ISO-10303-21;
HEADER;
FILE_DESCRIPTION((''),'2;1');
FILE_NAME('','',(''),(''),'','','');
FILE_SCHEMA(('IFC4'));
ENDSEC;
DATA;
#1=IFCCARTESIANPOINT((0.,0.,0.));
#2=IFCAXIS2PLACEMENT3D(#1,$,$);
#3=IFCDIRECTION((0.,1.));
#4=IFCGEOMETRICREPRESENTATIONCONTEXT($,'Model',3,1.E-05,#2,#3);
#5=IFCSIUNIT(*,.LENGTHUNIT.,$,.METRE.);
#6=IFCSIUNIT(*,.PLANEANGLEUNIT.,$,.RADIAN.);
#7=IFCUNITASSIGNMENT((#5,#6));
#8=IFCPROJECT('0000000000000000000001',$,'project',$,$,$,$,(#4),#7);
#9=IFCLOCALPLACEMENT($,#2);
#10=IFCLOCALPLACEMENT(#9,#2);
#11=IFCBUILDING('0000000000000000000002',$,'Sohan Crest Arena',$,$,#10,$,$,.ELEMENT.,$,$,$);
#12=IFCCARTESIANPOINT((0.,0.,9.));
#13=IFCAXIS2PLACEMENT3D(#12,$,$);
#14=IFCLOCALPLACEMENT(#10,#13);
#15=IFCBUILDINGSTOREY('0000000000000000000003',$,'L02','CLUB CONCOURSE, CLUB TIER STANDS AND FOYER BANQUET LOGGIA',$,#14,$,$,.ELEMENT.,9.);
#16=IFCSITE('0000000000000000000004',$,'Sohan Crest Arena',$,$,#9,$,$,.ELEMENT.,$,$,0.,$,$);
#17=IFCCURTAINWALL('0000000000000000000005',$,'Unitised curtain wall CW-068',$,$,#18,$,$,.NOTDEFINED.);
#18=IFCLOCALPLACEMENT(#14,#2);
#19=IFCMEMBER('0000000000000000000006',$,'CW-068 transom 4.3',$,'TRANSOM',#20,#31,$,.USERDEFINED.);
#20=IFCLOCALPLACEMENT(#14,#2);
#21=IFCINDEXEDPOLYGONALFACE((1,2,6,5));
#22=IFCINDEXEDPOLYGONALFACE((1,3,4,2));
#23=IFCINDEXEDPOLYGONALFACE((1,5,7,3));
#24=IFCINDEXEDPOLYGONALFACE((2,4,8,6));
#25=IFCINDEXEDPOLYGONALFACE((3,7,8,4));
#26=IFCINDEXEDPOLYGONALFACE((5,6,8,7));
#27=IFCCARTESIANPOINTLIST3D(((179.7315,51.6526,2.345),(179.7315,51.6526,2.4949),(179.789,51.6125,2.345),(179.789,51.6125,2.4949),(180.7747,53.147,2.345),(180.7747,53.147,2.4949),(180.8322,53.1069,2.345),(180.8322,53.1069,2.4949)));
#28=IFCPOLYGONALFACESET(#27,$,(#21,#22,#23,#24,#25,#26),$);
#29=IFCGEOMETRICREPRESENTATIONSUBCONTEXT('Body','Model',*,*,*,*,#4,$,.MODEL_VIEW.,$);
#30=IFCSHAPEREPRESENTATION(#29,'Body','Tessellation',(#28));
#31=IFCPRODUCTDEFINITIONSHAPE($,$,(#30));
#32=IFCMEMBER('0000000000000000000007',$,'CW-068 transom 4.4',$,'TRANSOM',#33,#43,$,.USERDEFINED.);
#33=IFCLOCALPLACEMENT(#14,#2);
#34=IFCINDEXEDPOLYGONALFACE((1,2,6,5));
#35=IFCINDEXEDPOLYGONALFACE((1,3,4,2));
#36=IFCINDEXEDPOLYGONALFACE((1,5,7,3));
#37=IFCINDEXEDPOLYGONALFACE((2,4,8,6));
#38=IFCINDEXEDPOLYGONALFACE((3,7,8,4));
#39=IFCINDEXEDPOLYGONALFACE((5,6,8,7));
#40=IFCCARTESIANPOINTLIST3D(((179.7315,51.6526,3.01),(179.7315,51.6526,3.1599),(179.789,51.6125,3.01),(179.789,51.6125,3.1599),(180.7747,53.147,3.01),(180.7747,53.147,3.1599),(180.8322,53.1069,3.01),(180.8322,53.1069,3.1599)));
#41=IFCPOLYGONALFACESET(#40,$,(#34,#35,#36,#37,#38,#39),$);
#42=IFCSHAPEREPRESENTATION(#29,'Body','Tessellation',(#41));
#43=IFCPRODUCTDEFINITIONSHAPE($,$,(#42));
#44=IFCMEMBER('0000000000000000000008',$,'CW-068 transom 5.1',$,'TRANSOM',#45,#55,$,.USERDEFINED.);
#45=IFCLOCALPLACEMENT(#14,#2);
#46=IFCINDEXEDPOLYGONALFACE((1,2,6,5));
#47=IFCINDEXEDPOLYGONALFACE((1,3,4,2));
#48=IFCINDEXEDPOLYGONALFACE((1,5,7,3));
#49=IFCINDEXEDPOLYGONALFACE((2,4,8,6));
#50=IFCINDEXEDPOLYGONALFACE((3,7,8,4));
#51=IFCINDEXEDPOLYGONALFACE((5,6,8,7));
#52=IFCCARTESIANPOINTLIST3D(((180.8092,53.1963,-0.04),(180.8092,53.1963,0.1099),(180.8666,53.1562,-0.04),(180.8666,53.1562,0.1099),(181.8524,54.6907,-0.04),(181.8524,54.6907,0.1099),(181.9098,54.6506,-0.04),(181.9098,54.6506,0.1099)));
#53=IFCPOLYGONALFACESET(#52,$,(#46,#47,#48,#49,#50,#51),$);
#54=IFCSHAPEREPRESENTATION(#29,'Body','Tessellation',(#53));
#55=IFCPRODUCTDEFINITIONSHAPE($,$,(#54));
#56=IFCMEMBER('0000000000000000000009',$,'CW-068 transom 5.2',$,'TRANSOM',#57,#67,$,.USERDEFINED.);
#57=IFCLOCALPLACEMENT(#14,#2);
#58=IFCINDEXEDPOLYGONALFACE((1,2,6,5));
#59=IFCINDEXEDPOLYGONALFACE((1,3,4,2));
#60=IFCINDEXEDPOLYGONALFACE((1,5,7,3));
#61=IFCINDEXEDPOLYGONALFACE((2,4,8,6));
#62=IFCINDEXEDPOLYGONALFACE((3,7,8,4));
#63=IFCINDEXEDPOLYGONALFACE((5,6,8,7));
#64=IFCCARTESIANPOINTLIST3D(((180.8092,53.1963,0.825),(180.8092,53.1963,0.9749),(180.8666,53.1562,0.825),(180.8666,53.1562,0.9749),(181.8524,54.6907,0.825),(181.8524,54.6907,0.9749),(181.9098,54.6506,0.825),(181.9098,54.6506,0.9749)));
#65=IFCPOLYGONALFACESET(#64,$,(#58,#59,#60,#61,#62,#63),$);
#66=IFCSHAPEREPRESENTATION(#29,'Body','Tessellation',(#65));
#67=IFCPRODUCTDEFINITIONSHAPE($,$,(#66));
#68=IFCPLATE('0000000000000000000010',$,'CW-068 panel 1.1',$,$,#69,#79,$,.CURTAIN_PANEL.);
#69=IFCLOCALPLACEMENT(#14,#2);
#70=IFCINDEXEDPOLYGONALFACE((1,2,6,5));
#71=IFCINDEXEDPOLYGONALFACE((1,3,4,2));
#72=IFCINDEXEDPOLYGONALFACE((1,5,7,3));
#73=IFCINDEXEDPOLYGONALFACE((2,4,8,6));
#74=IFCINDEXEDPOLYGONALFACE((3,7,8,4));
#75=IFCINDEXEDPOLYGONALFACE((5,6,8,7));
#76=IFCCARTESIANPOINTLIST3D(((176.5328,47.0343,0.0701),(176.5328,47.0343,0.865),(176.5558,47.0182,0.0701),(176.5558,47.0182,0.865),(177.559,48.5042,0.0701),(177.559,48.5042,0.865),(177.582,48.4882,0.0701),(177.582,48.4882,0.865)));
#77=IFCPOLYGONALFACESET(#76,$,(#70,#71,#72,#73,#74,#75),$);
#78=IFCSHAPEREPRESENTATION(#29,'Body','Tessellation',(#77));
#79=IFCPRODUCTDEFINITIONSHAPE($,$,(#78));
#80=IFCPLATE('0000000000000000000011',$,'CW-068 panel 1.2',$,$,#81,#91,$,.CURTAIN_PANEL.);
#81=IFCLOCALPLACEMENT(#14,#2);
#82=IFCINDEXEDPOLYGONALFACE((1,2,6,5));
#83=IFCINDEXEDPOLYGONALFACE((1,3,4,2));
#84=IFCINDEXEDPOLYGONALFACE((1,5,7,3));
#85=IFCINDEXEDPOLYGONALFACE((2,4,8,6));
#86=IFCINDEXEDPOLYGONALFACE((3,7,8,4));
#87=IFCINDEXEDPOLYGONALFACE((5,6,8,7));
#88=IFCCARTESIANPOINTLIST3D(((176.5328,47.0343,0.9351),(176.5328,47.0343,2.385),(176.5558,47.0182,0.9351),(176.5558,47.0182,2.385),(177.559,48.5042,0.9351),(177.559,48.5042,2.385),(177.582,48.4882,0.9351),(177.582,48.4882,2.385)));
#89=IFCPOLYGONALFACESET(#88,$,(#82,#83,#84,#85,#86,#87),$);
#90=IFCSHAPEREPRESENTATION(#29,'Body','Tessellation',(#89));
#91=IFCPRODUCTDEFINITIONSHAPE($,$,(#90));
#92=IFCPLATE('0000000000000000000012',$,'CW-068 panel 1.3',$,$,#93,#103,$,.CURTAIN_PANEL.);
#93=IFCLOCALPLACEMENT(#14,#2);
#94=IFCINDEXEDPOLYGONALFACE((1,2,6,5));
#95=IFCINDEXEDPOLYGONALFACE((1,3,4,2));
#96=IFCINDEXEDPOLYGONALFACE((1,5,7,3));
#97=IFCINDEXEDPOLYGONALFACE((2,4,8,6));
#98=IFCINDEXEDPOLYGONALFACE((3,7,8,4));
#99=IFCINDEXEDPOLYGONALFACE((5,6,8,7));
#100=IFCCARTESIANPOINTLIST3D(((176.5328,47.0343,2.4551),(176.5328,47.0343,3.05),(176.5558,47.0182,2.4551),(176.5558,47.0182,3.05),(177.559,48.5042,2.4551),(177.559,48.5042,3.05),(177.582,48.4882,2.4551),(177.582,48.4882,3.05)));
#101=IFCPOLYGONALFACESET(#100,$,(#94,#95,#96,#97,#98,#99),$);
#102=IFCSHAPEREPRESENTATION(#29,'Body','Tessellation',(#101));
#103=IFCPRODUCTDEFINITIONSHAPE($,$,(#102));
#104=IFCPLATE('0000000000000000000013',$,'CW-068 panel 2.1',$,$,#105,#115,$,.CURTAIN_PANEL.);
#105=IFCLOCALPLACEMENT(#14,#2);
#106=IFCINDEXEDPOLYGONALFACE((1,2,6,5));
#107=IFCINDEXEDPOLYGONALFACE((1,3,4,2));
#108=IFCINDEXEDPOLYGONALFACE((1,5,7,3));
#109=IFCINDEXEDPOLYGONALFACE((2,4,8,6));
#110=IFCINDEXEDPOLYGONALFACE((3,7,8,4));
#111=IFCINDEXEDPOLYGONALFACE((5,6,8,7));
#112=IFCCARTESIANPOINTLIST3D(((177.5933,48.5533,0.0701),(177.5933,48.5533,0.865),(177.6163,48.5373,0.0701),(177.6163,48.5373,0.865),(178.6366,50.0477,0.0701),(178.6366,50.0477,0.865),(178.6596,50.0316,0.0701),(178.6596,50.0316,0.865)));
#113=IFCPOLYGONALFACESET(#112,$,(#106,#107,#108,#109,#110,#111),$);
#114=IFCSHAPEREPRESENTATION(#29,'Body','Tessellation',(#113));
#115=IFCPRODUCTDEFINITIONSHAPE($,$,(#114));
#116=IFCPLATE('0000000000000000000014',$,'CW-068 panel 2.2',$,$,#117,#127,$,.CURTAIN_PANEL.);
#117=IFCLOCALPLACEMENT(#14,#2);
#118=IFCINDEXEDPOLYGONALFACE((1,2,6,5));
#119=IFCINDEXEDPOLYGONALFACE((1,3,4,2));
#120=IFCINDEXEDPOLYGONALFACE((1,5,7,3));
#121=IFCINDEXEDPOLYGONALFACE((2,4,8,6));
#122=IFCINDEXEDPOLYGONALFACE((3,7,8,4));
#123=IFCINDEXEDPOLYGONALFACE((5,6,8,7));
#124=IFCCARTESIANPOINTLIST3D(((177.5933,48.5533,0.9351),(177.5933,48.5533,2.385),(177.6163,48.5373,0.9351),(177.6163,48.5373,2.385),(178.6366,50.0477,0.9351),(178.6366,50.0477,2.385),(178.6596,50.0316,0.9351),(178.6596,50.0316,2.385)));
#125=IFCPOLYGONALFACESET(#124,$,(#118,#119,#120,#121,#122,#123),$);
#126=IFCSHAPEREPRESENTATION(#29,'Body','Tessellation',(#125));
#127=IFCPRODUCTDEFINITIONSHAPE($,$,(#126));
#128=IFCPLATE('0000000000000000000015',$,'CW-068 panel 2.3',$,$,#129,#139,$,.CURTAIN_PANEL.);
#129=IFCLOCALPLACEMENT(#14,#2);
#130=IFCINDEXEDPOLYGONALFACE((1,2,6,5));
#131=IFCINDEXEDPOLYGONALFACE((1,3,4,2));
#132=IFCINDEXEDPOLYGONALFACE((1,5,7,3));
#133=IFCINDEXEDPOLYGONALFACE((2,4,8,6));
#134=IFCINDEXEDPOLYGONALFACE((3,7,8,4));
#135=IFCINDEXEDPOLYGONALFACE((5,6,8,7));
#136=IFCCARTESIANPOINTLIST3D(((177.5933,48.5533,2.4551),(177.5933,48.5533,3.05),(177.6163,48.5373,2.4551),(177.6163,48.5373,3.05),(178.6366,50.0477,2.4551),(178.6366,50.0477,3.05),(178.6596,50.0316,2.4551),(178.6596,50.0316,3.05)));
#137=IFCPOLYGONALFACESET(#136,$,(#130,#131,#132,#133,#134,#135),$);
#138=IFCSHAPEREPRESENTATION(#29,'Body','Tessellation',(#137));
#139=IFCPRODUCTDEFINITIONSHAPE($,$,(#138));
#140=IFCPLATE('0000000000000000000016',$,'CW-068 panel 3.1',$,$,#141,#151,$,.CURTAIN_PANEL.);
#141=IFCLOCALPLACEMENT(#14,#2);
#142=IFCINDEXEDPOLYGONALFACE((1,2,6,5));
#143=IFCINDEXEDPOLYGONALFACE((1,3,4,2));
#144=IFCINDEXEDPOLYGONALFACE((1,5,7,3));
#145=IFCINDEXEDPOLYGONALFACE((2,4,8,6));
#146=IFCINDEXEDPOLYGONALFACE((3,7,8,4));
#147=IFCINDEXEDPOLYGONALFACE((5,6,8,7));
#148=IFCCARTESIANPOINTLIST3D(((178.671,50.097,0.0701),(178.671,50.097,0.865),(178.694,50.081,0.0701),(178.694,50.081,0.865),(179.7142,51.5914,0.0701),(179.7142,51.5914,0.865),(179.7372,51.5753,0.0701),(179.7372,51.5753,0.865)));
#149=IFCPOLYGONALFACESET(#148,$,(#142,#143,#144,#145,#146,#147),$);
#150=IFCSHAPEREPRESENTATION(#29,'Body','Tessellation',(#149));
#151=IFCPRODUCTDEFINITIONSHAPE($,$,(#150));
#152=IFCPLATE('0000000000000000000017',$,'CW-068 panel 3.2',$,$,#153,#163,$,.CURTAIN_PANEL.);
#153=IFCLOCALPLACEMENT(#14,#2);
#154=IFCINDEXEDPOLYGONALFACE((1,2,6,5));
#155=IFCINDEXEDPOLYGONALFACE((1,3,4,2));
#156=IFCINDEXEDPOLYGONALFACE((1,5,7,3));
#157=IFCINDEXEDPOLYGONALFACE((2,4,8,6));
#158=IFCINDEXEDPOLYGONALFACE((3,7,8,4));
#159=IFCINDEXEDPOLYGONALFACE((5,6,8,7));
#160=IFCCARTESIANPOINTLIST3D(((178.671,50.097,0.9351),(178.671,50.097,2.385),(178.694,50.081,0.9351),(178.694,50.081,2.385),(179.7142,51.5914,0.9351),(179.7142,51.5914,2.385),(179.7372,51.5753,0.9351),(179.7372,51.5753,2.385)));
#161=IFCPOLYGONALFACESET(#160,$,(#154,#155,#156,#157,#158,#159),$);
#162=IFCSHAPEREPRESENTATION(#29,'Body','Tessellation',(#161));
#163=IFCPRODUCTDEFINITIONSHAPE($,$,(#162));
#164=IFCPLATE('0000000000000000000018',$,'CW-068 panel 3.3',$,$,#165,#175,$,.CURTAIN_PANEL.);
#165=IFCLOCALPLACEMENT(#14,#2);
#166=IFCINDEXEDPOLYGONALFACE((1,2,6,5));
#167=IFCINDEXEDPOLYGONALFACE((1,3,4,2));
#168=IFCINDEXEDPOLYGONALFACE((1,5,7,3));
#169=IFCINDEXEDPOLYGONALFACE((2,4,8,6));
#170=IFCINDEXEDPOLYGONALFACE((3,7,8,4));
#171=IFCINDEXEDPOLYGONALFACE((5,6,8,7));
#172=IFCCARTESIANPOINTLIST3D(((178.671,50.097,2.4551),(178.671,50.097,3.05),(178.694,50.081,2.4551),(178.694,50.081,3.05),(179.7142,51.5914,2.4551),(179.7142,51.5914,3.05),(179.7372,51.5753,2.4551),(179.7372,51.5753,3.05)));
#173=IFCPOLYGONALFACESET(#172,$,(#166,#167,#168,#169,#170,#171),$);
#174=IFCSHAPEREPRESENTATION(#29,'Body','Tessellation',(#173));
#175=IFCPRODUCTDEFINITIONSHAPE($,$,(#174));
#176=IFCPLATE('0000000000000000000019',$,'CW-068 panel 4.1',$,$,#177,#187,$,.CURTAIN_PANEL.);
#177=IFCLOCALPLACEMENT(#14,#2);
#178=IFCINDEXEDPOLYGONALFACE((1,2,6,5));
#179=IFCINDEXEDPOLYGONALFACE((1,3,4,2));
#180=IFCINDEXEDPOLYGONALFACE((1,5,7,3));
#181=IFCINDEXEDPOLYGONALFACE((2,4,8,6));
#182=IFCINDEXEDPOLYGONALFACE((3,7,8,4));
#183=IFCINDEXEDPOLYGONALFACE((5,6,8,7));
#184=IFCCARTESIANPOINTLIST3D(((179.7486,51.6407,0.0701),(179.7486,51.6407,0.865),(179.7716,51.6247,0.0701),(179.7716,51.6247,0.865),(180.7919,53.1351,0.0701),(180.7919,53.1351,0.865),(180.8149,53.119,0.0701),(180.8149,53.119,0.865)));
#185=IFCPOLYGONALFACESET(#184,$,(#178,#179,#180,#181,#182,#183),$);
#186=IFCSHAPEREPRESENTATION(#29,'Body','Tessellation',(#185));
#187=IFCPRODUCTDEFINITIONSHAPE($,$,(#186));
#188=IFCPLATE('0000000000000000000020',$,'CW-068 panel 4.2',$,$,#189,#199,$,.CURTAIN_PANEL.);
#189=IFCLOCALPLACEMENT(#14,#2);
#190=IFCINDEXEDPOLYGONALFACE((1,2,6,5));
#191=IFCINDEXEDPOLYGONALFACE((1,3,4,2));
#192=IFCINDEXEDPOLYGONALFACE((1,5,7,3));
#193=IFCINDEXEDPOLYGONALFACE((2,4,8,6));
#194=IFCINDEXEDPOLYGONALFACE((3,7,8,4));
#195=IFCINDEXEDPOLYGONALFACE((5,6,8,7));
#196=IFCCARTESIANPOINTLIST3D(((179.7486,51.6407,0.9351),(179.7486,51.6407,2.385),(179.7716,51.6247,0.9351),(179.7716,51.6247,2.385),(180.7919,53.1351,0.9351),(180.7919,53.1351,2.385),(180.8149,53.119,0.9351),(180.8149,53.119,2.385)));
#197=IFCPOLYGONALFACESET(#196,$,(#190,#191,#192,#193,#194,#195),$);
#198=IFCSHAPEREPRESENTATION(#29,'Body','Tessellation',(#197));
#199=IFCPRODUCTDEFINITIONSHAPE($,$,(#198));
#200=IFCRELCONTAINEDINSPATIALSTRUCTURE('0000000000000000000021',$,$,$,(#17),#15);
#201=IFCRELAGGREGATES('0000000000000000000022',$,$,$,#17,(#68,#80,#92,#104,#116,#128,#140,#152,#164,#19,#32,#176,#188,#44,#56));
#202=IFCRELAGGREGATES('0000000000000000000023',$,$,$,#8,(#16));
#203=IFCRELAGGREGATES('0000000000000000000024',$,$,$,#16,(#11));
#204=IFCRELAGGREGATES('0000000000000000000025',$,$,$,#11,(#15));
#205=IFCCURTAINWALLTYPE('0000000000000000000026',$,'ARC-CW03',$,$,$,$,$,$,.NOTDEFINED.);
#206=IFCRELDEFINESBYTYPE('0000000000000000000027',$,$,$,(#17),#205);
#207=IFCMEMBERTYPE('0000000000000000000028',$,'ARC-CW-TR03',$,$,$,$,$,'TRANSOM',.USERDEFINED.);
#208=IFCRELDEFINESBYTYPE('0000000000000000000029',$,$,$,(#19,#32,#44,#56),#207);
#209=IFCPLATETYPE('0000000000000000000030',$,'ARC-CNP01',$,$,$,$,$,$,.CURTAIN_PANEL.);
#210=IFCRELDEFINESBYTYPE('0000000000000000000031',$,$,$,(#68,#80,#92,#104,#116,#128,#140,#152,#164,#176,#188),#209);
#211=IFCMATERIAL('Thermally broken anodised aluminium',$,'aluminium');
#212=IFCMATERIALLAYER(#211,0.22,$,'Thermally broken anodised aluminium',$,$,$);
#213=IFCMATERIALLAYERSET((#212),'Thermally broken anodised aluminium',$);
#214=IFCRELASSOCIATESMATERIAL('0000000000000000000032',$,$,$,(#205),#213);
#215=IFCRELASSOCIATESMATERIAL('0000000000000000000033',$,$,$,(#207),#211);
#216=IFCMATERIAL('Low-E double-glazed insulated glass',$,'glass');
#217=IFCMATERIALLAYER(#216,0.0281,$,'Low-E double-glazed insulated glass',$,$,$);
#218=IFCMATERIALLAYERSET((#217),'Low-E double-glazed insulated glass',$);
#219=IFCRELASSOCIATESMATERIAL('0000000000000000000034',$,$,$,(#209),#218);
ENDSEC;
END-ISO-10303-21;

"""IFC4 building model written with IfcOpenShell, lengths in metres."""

from ifc_helpers import new_model, si_unit, direction, frame, origin, origin_2d, place, context, subcontext, project, spatial, rectangle, extrude, material, layer, layer_set, material_profile, profile_set, type_object, element, aggregate, save


model = new_model("IFC4")

# Units and contexts
model_context = context("Model", 3, precision=1e-05, world=origin(), true_north=direction((0.0, 1.0)))
body_context = subcontext(model_context, "Body", "Model", "MODEL_VIEW")
ifc_project = project(units=[si_unit("LENGTHUNIT", "METRE"), si_unit("PLANEANGLEUNIT", "RADIAN")], contexts=[model_context])

# Site, building, storey
site_placement = place(None, origin())
site = spatial("IfcSite", under=ifc_project, at=site_placement, Name="Sohan Crest Arena", CompositionType="ELEMENT", RefElevation=0.0)
building_placement = place(site_placement, origin())
building = spatial("IfcBuilding", under=site, at=building_placement, Name="Sohan Crest Arena", CompositionType="ELEMENT")
storey_placement = place(building_placement, frame((0.0, 0.0, 9.0)))
storey = spatial("IfcBuildingStorey", under=building, at=storey_placement, Name="L02", Description="CLUB CONCOURSE, CLUB TIER STANDS AND FOYER BANQUET LOGGIA", CompositionType="ELEMENT", Elevation=9.0)

# Curtain wall, members, plates
ifc_material_1 = material(Name="Thermally broken anodised aluminium", Category="aluminium")
ifc_layer_1 = layer(ifc_material_1, 0.22, Name="Thermally broken anodised aluminium")
ifc_layer_set_1 = layer_set([ifc_layer_1], Name="Thermally broken anodised aluminium")
curtain_wall_type = type_object("IfcCurtainWallType", Name="ARC-CW03", PredefinedType="NOTDEFINED", material=ifc_layer_set_1)
curtain_wall_placement = place(storey_placement, origin())
curtain_wall = element("IfcCurtainWall", 1, at=curtain_wall_placement, inside=storey, type_object=curtain_wall_type, Name="Unitised curtain wall CW-068", PredefinedType="NOTDEFINED")
ifc_material_profile_1 = material_profile(ifc_material_1, rectangle(XDim=0.0701, YDim=0.1499, at=origin_2d()), Name="ALU-TRAN 70x150")
ifc_profile_set_1 = profile_set([ifc_material_profile_1], Name="Thermally broken anodised aluminium")
member_type_1 = type_object("IfcMemberType", Name="ARC-CW-TR03", ElementType="TRANSOM", PredefinedType="USERDEFINED", material=ifc_profile_set_1)
member_1_placement = place(storey_placement, frame((179.7603, 51.6326, 2.4199), z_axis=(0.57241, 0.819968, 0.0), x_axis=(-0.819968, 0.57241, 0.0)))
member_1 = element("IfcMember", 2, at=member_1_placement, type_object=member_type_1, Name="CW-068 transom 4.3", ObjectType="TRANSOM", PredefinedType="USERDEFINED", context=body_context, shape_type="SweptSolid", body=[
    extrude(rectangle(XDim=0.0701, YDim=0.1499, at=origin_2d()), origin(), (0.0, 0.0, 1.0), 1.8225),
])
member_2_placement = place(storey_placement, frame((179.7603, 51.6326, 3.085), z_axis=(0.57241, 0.819968, 0.0), x_axis=(-0.819968, 0.57241, 0.0)))
member_2 = element("IfcMember", 3, at=member_2_placement, type_object=member_type_1, Name="CW-068 transom 4.4", ObjectType="TRANSOM", PredefinedType="USERDEFINED", context=body_context, shape_type="SweptSolid", body=[
    extrude(rectangle(XDim=0.0701, YDim=0.1499, at=origin_2d()), origin(), (0.0, 0.0, 1.0), 1.8225),
])
member_3_placement = place(storey_placement, frame((180.8379, 53.1763, 0.0349), z_axis=(0.57241, 0.819968, 0.0), x_axis=(-0.819968, 0.57241, 0.0)))
member_3 = element("IfcMember", 4, at=member_3_placement, type_object=member_type_1, Name="CW-068 transom 5.1", ObjectType="TRANSOM", PredefinedType="USERDEFINED", context=body_context, shape_type="SweptSolid", body=[
    extrude(rectangle(XDim=0.0701, YDim=0.1499, at=origin_2d()), origin(), (0.0, 0.0, 1.0), 1.8225),
])
member_4_placement = place(storey_placement, frame((180.8379, 53.1763, 0.8999), z_axis=(0.57241, 0.819968, 0.0), x_axis=(-0.819968, 0.57241, 0.0)))
member_4 = element("IfcMember", 5, at=member_4_placement, type_object=member_type_1, Name="CW-068 transom 5.2", ObjectType="TRANSOM", PredefinedType="USERDEFINED", context=body_context, shape_type="SweptSolid", body=[
    extrude(rectangle(XDim=0.0701, YDim=0.1499, at=origin_2d()), origin(), (0.0, 0.0, 1.0), 1.8225),
])
ifc_material_2 = material(Name="Low-E double-glazed insulated glass", Category="glass")
ifc_layer_2 = layer(ifc_material_2, 0.0281, Name="Low-E double-glazed insulated glass")
ifc_layer_set_2 = layer_set([ifc_layer_2], Name="Low-E double-glazed insulated glass")
plate_type = type_object("IfcPlateType", Name="ARC-CNP01", PredefinedType="CURTAIN_PANEL", material=ifc_layer_set_2)
plate_1_placement = place(storey_placement, frame((177.0574, 47.7612, 0.0701), z_axis=(0.0, 0.0, 1.0), x_axis=(0.572428, 0.819955, 0.0)))
plate_1 = element("IfcPlate", 6, at=plate_1_placement, type_object=plate_type, Name="CW-068 panel 1.1", PredefinedType="CURTAIN_PANEL", context=body_context, shape_type="SweptSolid", body=[
    extrude(rectangle(XDim=1.7927, YDim=0.0281, at=origin_2d()), origin(), (0.0, 0.0, 1.0), 0.7949),
])
plate_2_placement = place(storey_placement, frame((177.0574, 47.7612, 0.9351), z_axis=(0.0, 0.0, 1.0), x_axis=(0.572428, 0.819955, 0.0)))
plate_2 = element("IfcPlate", 7, at=plate_2_placement, type_object=plate_type, Name="CW-068 panel 1.2", PredefinedType="CURTAIN_PANEL", context=body_context, shape_type="SweptSolid", body=[
    extrude(rectangle(XDim=1.7927, YDim=0.0281, at=origin_2d()), origin(), (0.0, 0.0, 1.0), 1.45),
])
plate_3_placement = place(storey_placement, frame((177.0574, 47.7612, 2.4551), z_axis=(0.0, 0.0, 1.0), x_axis=(0.572428, 0.819955, 0.0)))
plate_3 = element("IfcPlate", 8, at=plate_3_placement, type_object=plate_type, Name="CW-068 panel 1.3", PredefinedType="CURTAIN_PANEL", context=body_context, shape_type="SweptSolid", body=[
    extrude(rectangle(XDim=1.7927, YDim=0.0281, at=origin_2d()), origin(), (0.0, 0.0, 1.0), 0.595),
])
plate_4_placement = place(storey_placement, frame((178.1265, 49.2925, 0.0701), z_axis=(0.0, 0.0, 1.0), x_axis=(0.572428, 0.819955, 0.0)))
plate_4 = element("IfcPlate", 9, at=plate_4_placement, type_object=plate_type, Name="CW-068 panel 2.1", PredefinedType="CURTAIN_PANEL", context=body_context, shape_type="SweptSolid", body=[
    extrude(rectangle(XDim=1.8225, YDim=0.0281, at=origin_2d()), origin(), (0.0, 0.0, 1.0), 0.7949),
])
plate_5_placement = place(storey_placement, frame((178.1265, 49.2925, 0.9351), z_axis=(0.0, 0.0, 1.0), x_axis=(0.572428, 0.819955, 0.0)))
plate_5 = element("IfcPlate", 10, at=plate_5_placement, type_object=plate_type, Name="CW-068 panel 2.2", PredefinedType="CURTAIN_PANEL", context=body_context, shape_type="SweptSolid", body=[
    extrude(rectangle(XDim=1.8225, YDim=0.0281, at=origin_2d()), origin(), (0.0, 0.0, 1.0), 1.45),
])
plate_6_placement = place(storey_placement, frame((178.1265, 49.2925, 2.4551), z_axis=(0.0, 0.0, 1.0), x_axis=(0.572428, 0.819955, 0.0)))
plate_6 = element("IfcPlate", 11, at=plate_6_placement, type_object=plate_type, Name="CW-068 panel 2.3", PredefinedType="CURTAIN_PANEL", context=body_context, shape_type="SweptSolid", body=[
    extrude(rectangle(XDim=1.8225, YDim=0.0281, at=origin_2d()), origin(), (0.0, 0.0, 1.0), 0.595),
])
plate_7_placement = place(storey_placement, frame((179.2041, 50.8362, 0.0701), z_axis=(0.0, 0.0, 1.0), x_axis=(0.572428, 0.819955, 0.0)))
plate_7 = element("IfcPlate", 12, at=plate_7_placement, type_object=plate_type, Name="CW-068 panel 3.1", PredefinedType="CURTAIN_PANEL", context=body_context, shape_type="SweptSolid", body=[
    extrude(rectangle(XDim=1.8225, YDim=0.0281, at=origin_2d()), origin(), (0.0, 0.0, 1.0), 0.7949),
])
plate_8_placement = place(storey_placement, frame((179.2041, 50.8362, 0.9351), z_axis=(0.0, 0.0, 1.0), x_axis=(0.572428, 0.819955, 0.0)))
plate_8 = element("IfcPlate", 13, at=plate_8_placement, type_object=plate_type, Name="CW-068 panel 3.2", PredefinedType="CURTAIN_PANEL", context=body_context, shape_type="SweptSolid", body=[
    extrude(rectangle(XDim=1.8225, YDim=0.0281, at=origin_2d()), origin(), (0.0, 0.0, 1.0), 1.45),
])
plate_9_placement = place(storey_placement, frame((179.2041, 50.8362, 2.4551), z_axis=(0.0, 0.0, 1.0), x_axis=(0.572428, 0.819955, 0.0)))
plate_9 = element("IfcPlate", 14, at=plate_9_placement, type_object=plate_type, Name="CW-068 panel 3.3", PredefinedType="CURTAIN_PANEL", context=body_context, shape_type="SweptSolid", body=[
    extrude(rectangle(XDim=1.8225, YDim=0.0281, at=origin_2d()), origin(), (0.0, 0.0, 1.0), 0.595),
])
plate_10_placement = place(storey_placement, frame((180.2817, 52.3799, 0.0701), z_axis=(0.0, 0.0, 1.0), x_axis=(0.572428, 0.819955, 0.0)))
plate_10 = element("IfcPlate", 15, at=plate_10_placement, type_object=plate_type, Name="CW-068 panel 4.1", PredefinedType="CURTAIN_PANEL", context=body_context, shape_type="SweptSolid", body=[
    extrude(rectangle(XDim=1.8225, YDim=0.0281, at=origin_2d()), origin(), (0.0, 0.0, 1.0), 0.7949),
])
plate_11_placement = place(storey_placement, frame((180.2817, 52.3799, 0.9351), z_axis=(0.0, 0.0, 1.0), x_axis=(0.572428, 0.819955, 0.0)))
plate_11 = element("IfcPlate", 16, at=plate_11_placement, type_object=plate_type, Name="CW-068 panel 4.2", PredefinedType="CURTAIN_PANEL", context=body_context, shape_type="SweptSolid", body=[
    extrude(rectangle(XDim=1.8225, YDim=0.0281, at=origin_2d()), origin(), (0.0, 0.0, 1.0), 1.45),
])
aggregate(curtain_wall, [plate_1, plate_2, plate_3, plate_4, plate_5, plate_6, plate_7, plate_8, plate_9, member_1, member_2, plate_10, plate_11, member_3, member_4])

save(model, "model.ifc")
